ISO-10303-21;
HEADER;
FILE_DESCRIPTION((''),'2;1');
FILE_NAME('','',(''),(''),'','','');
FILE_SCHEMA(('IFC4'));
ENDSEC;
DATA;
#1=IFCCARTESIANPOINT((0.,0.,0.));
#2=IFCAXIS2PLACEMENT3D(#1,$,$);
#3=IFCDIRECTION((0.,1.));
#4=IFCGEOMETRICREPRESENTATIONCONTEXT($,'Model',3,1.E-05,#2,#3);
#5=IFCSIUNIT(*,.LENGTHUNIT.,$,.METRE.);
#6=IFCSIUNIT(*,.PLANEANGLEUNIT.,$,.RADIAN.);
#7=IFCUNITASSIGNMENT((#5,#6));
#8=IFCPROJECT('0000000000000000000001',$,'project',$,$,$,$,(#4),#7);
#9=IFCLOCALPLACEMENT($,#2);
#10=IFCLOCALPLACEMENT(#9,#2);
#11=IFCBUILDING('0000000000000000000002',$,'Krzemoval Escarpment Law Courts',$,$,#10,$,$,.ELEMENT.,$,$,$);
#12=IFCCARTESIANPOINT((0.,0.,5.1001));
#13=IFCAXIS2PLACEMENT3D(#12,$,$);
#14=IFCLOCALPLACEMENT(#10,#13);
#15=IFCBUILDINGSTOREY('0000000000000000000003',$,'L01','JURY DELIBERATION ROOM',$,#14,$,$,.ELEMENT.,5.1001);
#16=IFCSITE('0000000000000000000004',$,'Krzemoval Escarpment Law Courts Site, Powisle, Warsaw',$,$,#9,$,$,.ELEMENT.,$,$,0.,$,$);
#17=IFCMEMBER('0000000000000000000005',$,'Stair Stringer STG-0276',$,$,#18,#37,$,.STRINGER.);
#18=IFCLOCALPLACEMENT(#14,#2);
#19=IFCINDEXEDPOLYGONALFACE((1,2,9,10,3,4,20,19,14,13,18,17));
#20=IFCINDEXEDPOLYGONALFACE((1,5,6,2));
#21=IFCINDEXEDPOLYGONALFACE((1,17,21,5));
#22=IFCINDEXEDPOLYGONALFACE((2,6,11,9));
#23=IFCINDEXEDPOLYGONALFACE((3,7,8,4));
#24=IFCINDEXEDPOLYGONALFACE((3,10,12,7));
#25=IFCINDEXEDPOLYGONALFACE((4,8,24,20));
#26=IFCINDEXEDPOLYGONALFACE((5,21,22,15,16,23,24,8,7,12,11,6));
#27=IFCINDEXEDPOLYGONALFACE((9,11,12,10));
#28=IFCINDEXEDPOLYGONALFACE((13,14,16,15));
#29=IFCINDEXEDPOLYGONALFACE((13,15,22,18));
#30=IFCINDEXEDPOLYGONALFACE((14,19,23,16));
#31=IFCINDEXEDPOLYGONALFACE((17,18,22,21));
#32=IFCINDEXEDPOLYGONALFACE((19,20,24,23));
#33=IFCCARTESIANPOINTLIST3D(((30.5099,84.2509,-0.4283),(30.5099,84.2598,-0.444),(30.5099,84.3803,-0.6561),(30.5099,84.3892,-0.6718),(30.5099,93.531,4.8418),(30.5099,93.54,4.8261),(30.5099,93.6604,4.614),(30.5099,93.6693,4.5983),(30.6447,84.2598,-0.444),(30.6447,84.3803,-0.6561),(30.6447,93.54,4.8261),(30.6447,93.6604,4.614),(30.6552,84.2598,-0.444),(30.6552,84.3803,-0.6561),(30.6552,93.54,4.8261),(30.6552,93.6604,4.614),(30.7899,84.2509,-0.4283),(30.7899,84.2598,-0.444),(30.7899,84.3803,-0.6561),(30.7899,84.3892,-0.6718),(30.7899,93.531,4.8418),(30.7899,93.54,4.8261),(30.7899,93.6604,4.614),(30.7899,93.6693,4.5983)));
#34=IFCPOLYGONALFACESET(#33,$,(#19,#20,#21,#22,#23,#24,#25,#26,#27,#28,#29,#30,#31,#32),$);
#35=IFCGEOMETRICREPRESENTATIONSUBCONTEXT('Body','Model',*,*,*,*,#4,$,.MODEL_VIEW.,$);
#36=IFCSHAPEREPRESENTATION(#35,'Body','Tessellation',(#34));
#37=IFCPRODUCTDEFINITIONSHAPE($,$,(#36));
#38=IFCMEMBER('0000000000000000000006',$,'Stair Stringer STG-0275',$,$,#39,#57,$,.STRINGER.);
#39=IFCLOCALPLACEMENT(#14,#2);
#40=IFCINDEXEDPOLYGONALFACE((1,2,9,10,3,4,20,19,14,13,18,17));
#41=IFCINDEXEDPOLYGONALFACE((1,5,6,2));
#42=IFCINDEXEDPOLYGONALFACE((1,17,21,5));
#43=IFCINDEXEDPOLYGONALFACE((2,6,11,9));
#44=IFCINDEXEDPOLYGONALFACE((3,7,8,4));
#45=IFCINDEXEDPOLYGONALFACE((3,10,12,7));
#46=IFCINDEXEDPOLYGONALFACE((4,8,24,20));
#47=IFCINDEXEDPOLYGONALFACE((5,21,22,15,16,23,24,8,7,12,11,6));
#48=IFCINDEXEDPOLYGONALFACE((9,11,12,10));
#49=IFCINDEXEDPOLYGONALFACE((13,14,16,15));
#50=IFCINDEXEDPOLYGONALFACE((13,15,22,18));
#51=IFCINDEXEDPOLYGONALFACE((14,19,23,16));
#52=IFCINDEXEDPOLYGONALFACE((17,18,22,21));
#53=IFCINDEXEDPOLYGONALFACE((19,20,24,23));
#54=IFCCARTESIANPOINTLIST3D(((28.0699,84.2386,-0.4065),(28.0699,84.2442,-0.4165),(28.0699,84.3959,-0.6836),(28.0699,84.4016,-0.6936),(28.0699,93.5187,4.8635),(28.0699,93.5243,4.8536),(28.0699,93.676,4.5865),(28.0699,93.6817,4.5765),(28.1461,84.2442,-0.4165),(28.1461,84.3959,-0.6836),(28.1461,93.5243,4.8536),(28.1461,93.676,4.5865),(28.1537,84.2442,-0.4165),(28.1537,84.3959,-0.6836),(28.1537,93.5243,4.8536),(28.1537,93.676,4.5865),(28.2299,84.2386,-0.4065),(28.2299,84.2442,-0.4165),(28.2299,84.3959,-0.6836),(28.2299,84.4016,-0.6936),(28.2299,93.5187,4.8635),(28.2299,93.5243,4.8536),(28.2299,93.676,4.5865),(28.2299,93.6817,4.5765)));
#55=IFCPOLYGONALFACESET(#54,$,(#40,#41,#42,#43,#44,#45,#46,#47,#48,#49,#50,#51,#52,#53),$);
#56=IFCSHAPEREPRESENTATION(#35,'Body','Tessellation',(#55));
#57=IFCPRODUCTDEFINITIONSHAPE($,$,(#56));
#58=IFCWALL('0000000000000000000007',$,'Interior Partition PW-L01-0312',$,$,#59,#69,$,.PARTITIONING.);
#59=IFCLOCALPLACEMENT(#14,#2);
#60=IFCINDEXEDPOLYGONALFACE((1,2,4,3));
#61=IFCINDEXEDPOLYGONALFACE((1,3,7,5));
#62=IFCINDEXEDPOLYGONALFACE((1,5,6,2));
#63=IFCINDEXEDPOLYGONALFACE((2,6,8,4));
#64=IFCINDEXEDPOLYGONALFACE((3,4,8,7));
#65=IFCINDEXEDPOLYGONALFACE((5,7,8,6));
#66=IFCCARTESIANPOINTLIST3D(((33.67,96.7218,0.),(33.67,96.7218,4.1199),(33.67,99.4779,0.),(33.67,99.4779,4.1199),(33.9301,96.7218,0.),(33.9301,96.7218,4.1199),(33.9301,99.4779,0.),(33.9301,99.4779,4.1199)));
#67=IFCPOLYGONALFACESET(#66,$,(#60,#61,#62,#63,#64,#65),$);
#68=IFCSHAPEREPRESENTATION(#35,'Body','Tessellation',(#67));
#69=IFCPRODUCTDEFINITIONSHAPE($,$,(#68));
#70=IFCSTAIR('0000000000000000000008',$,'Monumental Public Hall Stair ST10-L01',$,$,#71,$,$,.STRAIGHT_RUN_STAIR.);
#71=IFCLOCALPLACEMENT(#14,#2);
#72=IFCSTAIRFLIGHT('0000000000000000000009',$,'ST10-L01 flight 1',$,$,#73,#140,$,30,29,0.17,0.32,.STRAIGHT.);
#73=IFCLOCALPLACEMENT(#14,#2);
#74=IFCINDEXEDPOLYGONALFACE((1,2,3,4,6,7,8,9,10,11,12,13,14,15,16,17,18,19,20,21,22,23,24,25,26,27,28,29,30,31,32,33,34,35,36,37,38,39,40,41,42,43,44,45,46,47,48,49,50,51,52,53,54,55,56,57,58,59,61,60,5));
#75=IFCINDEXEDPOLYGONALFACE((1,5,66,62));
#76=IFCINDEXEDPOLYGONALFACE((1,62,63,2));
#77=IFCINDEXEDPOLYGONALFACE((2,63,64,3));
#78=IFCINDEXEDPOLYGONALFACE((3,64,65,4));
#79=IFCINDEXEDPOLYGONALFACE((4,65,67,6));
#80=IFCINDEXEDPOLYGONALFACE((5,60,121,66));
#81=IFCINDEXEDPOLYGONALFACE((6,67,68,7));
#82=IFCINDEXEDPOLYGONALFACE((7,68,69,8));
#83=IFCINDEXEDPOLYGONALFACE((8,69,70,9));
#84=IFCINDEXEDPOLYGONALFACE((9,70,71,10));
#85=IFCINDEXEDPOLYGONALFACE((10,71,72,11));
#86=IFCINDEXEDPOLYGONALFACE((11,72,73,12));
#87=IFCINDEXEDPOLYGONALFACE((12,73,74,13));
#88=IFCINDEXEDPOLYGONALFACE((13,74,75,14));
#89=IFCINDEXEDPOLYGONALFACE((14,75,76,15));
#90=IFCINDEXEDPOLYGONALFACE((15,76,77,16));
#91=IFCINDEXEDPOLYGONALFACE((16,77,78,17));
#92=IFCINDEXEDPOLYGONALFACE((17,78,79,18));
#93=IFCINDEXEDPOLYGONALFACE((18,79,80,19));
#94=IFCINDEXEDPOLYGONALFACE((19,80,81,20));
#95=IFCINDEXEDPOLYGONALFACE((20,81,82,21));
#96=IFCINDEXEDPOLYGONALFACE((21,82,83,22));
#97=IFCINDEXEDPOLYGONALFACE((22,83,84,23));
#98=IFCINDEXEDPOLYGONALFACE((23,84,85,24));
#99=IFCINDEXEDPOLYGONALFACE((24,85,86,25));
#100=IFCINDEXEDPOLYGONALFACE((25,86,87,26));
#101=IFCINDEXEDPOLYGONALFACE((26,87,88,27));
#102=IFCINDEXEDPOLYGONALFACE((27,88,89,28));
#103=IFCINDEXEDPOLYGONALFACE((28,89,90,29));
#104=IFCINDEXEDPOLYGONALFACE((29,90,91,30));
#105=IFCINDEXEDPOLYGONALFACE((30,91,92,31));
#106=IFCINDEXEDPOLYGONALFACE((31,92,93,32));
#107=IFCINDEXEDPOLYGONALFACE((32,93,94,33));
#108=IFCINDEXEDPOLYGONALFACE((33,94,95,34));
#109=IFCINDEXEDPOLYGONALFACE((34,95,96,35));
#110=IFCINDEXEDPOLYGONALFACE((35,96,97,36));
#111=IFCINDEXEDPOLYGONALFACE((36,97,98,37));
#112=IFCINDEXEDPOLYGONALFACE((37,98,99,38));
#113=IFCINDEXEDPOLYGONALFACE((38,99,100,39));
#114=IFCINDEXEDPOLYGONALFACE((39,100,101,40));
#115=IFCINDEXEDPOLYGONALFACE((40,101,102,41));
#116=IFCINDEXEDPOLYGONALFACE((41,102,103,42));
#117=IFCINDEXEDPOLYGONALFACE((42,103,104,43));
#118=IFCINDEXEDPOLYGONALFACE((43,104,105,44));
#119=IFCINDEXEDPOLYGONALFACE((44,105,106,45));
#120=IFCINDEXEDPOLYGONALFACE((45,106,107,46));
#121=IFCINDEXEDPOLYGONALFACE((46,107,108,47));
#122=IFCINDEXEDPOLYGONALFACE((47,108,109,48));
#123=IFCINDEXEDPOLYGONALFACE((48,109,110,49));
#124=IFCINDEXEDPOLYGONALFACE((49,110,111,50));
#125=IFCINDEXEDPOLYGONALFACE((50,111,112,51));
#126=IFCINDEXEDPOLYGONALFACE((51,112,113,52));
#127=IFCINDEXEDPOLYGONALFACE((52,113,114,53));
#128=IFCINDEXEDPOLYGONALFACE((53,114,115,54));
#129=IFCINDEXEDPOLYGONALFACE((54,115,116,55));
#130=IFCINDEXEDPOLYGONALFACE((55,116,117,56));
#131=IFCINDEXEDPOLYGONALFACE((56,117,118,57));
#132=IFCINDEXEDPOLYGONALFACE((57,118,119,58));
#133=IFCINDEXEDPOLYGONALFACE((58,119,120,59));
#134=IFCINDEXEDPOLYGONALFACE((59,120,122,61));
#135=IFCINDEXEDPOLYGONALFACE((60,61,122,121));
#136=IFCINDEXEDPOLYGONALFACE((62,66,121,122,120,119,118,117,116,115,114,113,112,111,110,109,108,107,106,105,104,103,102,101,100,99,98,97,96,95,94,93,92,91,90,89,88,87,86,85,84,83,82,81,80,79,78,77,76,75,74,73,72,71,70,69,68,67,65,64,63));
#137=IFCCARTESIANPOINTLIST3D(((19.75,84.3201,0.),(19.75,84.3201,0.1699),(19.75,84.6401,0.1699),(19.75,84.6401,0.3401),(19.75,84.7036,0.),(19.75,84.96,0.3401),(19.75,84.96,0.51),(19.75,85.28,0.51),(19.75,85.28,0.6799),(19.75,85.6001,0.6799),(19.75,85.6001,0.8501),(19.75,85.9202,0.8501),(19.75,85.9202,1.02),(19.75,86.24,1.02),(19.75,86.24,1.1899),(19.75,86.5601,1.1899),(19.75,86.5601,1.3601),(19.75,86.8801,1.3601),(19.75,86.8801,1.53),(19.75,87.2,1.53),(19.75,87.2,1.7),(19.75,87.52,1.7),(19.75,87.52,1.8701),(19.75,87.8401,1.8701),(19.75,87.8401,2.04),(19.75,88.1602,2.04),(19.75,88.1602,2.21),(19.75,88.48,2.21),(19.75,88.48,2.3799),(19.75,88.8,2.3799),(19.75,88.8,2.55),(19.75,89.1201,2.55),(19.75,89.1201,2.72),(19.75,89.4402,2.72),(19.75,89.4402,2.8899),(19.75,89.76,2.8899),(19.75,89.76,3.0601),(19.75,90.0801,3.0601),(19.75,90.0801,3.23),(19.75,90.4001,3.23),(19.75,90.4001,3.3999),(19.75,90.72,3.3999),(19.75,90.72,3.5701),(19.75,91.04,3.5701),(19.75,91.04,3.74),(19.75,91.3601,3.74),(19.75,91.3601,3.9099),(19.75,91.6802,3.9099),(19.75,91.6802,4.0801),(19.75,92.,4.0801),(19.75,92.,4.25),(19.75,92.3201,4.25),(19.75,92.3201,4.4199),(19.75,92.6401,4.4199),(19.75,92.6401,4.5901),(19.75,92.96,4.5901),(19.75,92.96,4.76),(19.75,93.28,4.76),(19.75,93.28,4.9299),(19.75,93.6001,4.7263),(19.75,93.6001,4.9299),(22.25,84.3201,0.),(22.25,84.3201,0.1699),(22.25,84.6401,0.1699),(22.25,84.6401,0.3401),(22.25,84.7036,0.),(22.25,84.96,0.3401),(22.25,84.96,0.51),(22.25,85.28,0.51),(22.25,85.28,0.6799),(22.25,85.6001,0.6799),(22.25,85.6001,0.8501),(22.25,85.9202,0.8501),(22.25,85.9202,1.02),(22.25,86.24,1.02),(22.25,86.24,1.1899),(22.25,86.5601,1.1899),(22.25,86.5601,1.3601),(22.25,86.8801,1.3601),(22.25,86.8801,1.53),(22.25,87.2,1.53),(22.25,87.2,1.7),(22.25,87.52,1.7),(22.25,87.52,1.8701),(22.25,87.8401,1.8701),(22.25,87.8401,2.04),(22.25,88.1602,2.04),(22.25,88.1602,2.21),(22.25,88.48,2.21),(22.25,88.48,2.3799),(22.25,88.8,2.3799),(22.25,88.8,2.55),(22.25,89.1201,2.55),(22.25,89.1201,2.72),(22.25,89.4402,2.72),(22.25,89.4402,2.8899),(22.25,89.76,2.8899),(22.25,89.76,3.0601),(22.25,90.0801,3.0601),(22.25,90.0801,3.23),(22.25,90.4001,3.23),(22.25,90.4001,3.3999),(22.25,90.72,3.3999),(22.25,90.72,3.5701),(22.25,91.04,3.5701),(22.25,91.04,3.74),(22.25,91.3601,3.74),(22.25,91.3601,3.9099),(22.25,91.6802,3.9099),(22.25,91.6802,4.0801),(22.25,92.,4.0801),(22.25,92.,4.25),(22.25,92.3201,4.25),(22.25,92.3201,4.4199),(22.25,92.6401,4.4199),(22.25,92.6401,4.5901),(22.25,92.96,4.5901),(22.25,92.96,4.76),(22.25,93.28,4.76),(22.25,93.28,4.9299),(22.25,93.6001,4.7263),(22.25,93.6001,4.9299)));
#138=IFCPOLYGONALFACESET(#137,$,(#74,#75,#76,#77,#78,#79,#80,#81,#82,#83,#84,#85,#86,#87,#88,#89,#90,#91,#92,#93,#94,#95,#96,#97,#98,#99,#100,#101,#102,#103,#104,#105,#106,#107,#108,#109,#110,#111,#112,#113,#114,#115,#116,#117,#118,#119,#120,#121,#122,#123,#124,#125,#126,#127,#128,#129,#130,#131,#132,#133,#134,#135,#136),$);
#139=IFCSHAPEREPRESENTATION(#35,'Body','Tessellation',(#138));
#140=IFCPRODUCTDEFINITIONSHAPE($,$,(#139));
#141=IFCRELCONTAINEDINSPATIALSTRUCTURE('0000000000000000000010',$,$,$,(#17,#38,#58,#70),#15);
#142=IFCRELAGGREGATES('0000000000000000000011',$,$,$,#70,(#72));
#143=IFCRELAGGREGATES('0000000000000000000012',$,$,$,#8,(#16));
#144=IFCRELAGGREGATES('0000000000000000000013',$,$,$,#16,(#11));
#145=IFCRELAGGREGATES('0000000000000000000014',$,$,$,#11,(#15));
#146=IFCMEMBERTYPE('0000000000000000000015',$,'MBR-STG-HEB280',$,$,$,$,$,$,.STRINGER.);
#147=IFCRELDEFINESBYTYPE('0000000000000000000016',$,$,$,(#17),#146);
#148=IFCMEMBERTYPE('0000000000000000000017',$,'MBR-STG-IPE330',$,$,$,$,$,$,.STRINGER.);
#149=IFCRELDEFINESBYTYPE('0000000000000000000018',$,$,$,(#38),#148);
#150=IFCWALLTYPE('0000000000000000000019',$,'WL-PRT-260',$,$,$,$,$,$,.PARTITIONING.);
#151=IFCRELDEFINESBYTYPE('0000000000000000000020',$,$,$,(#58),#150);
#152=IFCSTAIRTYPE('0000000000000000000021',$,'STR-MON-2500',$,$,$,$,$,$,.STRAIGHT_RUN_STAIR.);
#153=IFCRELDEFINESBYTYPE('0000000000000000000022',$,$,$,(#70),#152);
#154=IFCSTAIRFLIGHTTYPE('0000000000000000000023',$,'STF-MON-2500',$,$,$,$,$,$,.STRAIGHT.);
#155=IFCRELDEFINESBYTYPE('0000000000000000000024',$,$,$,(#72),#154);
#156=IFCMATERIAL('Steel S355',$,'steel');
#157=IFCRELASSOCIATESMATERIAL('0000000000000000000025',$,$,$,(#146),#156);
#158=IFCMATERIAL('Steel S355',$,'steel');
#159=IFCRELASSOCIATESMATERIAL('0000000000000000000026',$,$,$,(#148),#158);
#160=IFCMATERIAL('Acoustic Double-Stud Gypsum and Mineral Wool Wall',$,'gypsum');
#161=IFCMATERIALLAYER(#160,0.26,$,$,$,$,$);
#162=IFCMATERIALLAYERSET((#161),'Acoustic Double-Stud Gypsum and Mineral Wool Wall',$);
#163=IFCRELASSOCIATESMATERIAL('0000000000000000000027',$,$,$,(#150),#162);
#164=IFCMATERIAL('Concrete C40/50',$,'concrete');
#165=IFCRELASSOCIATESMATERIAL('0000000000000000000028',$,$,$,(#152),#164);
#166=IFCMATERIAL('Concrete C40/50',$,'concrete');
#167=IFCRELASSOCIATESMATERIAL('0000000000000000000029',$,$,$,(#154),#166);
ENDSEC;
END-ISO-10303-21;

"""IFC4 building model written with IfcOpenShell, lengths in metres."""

from ifc_helpers import new_model, si_unit, direction, frame, frame_2d, origin, origin_2d, place, context, subcontext, project, spatial, polyline, rectangle, i_section, outline, extrude, material, layer, layer_set, material_profile, profile_set, type_object, element, aggregate, save


model = new_model("IFC4")

# Units and contexts
model_context = context("Model", 3, precision=1e-05, world=origin(), true_north=direction((0.0, 1.0)))
body_context = subcontext(model_context, "Body", "Model", "MODEL_VIEW")
ifc_project = project(units=[si_unit("LENGTHUNIT", "METRE"), si_unit("PLANEANGLEUNIT", "RADIAN")], contexts=[model_context])

# Site, building, storey
site_placement = place(None, origin())
site = spatial("IfcSite", under=ifc_project, at=site_placement, Name="Krzemoval Escarpment Law Courts Site, Powisle, Warsaw", CompositionType="ELEMENT", RefElevation=0.0)
building_placement = place(site_placement, origin())
building = spatial("IfcBuilding", under=site, at=building_placement, Name="Krzemoval Escarpment Law Courts", CompositionType="ELEMENT")
storey_placement = place(building_placement, frame((0.0, 0.0, 5.1001)))
storey = spatial("IfcBuildingStorey", under=building, at=storey_placement, Name="L01", Description="JURY DELIBERATION ROOM", CompositionType="ELEMENT", Elevation=5.1001)

# Members
ifc_material_1 = material(Name="Steel S355", Category="steel")
ifc_material_profile_1 = material_profile(ifc_material_1, i_section(OverallWidth=0.28, OverallDepth=0.28, WebThickness=0.0105, FlangeThickness=0.0181, at=origin_2d()), Name="HEB 280")
ifc_profile_set_1 = profile_set([ifc_material_profile_1], Name="Steel S355")
member_type_1 = type_object("IfcMemberType", Name="MBR-STG-HEB280", PredefinedType="STRINGER", material=ifc_profile_set_1)
for number, where, z_axis, x_axis, name in (
    (1, (30.6499, 84.3201, -0.55), (0.0, 0.869566, 0.493816), (-1.0, 0.0, 0.0), "Stair Stringer STG-0276"),
):
    element("IfcMember", number, at=place(storey_placement, frame(where, z_axis=z_axis, x_axis=x_axis)), inside=storey, type_object=member_type_1, Name=name, PredefinedType="STRINGER", context=body_context, shape_type="SweptSolid", body=[
        extrude(i_section(OverallWidth=0.28, OverallDepth=0.28, WebThickness=0.0105, FlangeThickness=0.0181, at=origin_2d()), origin(), (0.0, 0.0, 1.0), 10.6721),
    ])
ifc_material_2 = material(Name="Steel S355", Category="steel")
ifc_material_profile_2 = material_profile(ifc_material_2, i_section(OverallWidth=0.1599, OverallDepth=0.3301, WebThickness=0.0076, FlangeThickness=0.0115, at=origin_2d()), Name="IPE 330")
ifc_profile_set_2 = profile_set([ifc_material_profile_2], Name="Steel S355")
member_type_2 = type_object("IfcMemberType", Name="MBR-STG-IPE330", PredefinedType="STRINGER", material=ifc_profile_set_2)
member_placement = place(storey_placement, frame((28.1499, 84.3201, -0.55), z_axis=(0.0, 0.869566, 0.493816), x_axis=(-1.0, 0.0, 0.0)))
element("IfcMember", 2, at=member_placement, inside=storey, type_object=member_type_2, Name="Stair Stringer STG-0275", PredefinedType="STRINGER", context=body_context, shape_type="SweptSolid", body=[
    extrude(i_section(OverallWidth=0.1599, OverallDepth=0.3301, WebThickness=0.0076, FlangeThickness=0.0115, at=origin_2d()), origin(), (0.0, 0.0, 1.0), 10.6721),
])

# Wall
ifc_material_3 = material(Name="Acoustic Double-Stud Gypsum and Mineral Wool Wall", Category="gypsum")
ifc_layer = layer(ifc_material_3, 0.26)
ifc_layer_set = layer_set([ifc_layer], Name="Acoustic Double-Stud Gypsum and Mineral Wool Wall")
wall_type = type_object("IfcWallType", Name="WL-PRT-260", PredefinedType="PARTITIONING", material=ifc_layer_set)
wall_placement = place(storey_placement, frame((33.8, 96.7219, 0.0), z_axis=(0.0, 0.0, 1.0), x_axis=(0.0, 1.0, 0.0)))
element("IfcWall", 3, at=wall_placement, inside=storey, type_object=wall_type, Name="Interior Partition PW-L01-0312", PredefinedType="PARTITIONING", context=body_context, shape_type="SweptSolid", body=[
    extrude(rectangle(XDim=2.7561, YDim=0.26, at=frame_2d((1.3779, 0.0))), origin(), (0.0, 0.0, 1.0), 4.1199),
])

# Stair, stair flight
ifc_material_4 = material(Name="Concrete C40/50", Category="concrete")
stair_type = type_object("IfcStairType", Name="STR-MON-2500", PredefinedType="STRAIGHT_RUN_STAIR", material=ifc_material_4)
stair_1_placement = place(storey_placement, origin())
stair_1 = element("IfcStair", 4, at=stair_1_placement, inside=storey, type_object=stair_type, Name="Monumental Public Hall Stair ST10-L01", PredefinedType="STRAIGHT_RUN_STAIR")
ifc_material_5 = material(Name="Concrete C40/50", Category="concrete")
stair_flight_type = type_object("IfcStairFlightType", Name="STF-MON-2500", PredefinedType="STRAIGHT", material=ifc_material_5)
stair_flight_1_placement = place(storey_placement, frame((21.0, 84.3201, 0.0), z_axis=(0.0, 0.0, 1.0), x_axis=(0.0, 1.0, 0.0)))
stair_flight_1 = element("IfcStairFlight", 5, at=stair_flight_1_placement, type_object=stair_flight_type, Name="ST10-L01 flight 1", NumberOfRisers=30, NumberOfTreads=29, PredefinedType="STRAIGHT", RiserHeight=0.17, TreadLength=0.32, context=body_context, shape_type="SweptSolid", body=[
    extrude(outline(polyline([(0.0, 0.0), (0.0, 0.1699), (0.3201, 0.1699), (0.3201, 0.3401), (0.6399, 0.3401), (0.6399, 0.51), (0.96, 0.51), (0.96, 0.6799), (1.28, 0.6799), (1.28, 0.8501), (1.6001, 0.8501), (1.6001, 1.02), (1.9199, 1.02), (1.9199, 1.1899), (2.24, 1.1899), (2.24, 1.3601), (2.5601, 1.3601), (2.5601, 1.53), (2.8799, 1.53), (2.8799, 1.7), (3.2, 1.7), (3.2, 1.8701), (3.52, 1.8701), (3.52, 2.04), (3.8401, 2.04), (3.8401, 2.21), (4.1599, 2.21), (4.1599, 2.3799), (4.48, 2.3799), (4.48, 2.55), (4.8, 2.55), (4.8, 2.72), (5.1201, 2.72), (5.1201, 2.8899), (5.4399, 2.8899), (5.4399, 3.0601), (5.76, 3.0601), (5.76, 3.23), (6.0801, 3.23), (6.0801, 3.3999), (6.3999, 3.3999), (6.3999, 3.5701), (6.72, 3.5701), (6.72, 3.74), (7.04, 3.74), (7.04, 3.9099), (7.3601, 3.9099), (7.3601, 4.0801), (7.6799, 4.0801), (7.6799, 4.25), (8.0, 4.25), (8.0, 4.4199), (8.3201, 4.4199), (8.3201, 4.5901), (8.6399, 4.5901), (8.6399, 4.76), (8.96, 4.76), (8.96, 4.9299), (9.28, 4.9299), (9.28, 5.1001), (9.28, 4.7263), (0.3835, 0.0), (0.0, 0.0)])), frame((0.0, 1.25, 0.0), z_axis=(0.0, -1.0, 0.0), x_axis=(1.0, 0.0, 0.0)), (0.0, 0.0, 1.0), 2.5),
])
aggregate(stair_1, [stair_flight_1])

save(model, "model.ifc")
